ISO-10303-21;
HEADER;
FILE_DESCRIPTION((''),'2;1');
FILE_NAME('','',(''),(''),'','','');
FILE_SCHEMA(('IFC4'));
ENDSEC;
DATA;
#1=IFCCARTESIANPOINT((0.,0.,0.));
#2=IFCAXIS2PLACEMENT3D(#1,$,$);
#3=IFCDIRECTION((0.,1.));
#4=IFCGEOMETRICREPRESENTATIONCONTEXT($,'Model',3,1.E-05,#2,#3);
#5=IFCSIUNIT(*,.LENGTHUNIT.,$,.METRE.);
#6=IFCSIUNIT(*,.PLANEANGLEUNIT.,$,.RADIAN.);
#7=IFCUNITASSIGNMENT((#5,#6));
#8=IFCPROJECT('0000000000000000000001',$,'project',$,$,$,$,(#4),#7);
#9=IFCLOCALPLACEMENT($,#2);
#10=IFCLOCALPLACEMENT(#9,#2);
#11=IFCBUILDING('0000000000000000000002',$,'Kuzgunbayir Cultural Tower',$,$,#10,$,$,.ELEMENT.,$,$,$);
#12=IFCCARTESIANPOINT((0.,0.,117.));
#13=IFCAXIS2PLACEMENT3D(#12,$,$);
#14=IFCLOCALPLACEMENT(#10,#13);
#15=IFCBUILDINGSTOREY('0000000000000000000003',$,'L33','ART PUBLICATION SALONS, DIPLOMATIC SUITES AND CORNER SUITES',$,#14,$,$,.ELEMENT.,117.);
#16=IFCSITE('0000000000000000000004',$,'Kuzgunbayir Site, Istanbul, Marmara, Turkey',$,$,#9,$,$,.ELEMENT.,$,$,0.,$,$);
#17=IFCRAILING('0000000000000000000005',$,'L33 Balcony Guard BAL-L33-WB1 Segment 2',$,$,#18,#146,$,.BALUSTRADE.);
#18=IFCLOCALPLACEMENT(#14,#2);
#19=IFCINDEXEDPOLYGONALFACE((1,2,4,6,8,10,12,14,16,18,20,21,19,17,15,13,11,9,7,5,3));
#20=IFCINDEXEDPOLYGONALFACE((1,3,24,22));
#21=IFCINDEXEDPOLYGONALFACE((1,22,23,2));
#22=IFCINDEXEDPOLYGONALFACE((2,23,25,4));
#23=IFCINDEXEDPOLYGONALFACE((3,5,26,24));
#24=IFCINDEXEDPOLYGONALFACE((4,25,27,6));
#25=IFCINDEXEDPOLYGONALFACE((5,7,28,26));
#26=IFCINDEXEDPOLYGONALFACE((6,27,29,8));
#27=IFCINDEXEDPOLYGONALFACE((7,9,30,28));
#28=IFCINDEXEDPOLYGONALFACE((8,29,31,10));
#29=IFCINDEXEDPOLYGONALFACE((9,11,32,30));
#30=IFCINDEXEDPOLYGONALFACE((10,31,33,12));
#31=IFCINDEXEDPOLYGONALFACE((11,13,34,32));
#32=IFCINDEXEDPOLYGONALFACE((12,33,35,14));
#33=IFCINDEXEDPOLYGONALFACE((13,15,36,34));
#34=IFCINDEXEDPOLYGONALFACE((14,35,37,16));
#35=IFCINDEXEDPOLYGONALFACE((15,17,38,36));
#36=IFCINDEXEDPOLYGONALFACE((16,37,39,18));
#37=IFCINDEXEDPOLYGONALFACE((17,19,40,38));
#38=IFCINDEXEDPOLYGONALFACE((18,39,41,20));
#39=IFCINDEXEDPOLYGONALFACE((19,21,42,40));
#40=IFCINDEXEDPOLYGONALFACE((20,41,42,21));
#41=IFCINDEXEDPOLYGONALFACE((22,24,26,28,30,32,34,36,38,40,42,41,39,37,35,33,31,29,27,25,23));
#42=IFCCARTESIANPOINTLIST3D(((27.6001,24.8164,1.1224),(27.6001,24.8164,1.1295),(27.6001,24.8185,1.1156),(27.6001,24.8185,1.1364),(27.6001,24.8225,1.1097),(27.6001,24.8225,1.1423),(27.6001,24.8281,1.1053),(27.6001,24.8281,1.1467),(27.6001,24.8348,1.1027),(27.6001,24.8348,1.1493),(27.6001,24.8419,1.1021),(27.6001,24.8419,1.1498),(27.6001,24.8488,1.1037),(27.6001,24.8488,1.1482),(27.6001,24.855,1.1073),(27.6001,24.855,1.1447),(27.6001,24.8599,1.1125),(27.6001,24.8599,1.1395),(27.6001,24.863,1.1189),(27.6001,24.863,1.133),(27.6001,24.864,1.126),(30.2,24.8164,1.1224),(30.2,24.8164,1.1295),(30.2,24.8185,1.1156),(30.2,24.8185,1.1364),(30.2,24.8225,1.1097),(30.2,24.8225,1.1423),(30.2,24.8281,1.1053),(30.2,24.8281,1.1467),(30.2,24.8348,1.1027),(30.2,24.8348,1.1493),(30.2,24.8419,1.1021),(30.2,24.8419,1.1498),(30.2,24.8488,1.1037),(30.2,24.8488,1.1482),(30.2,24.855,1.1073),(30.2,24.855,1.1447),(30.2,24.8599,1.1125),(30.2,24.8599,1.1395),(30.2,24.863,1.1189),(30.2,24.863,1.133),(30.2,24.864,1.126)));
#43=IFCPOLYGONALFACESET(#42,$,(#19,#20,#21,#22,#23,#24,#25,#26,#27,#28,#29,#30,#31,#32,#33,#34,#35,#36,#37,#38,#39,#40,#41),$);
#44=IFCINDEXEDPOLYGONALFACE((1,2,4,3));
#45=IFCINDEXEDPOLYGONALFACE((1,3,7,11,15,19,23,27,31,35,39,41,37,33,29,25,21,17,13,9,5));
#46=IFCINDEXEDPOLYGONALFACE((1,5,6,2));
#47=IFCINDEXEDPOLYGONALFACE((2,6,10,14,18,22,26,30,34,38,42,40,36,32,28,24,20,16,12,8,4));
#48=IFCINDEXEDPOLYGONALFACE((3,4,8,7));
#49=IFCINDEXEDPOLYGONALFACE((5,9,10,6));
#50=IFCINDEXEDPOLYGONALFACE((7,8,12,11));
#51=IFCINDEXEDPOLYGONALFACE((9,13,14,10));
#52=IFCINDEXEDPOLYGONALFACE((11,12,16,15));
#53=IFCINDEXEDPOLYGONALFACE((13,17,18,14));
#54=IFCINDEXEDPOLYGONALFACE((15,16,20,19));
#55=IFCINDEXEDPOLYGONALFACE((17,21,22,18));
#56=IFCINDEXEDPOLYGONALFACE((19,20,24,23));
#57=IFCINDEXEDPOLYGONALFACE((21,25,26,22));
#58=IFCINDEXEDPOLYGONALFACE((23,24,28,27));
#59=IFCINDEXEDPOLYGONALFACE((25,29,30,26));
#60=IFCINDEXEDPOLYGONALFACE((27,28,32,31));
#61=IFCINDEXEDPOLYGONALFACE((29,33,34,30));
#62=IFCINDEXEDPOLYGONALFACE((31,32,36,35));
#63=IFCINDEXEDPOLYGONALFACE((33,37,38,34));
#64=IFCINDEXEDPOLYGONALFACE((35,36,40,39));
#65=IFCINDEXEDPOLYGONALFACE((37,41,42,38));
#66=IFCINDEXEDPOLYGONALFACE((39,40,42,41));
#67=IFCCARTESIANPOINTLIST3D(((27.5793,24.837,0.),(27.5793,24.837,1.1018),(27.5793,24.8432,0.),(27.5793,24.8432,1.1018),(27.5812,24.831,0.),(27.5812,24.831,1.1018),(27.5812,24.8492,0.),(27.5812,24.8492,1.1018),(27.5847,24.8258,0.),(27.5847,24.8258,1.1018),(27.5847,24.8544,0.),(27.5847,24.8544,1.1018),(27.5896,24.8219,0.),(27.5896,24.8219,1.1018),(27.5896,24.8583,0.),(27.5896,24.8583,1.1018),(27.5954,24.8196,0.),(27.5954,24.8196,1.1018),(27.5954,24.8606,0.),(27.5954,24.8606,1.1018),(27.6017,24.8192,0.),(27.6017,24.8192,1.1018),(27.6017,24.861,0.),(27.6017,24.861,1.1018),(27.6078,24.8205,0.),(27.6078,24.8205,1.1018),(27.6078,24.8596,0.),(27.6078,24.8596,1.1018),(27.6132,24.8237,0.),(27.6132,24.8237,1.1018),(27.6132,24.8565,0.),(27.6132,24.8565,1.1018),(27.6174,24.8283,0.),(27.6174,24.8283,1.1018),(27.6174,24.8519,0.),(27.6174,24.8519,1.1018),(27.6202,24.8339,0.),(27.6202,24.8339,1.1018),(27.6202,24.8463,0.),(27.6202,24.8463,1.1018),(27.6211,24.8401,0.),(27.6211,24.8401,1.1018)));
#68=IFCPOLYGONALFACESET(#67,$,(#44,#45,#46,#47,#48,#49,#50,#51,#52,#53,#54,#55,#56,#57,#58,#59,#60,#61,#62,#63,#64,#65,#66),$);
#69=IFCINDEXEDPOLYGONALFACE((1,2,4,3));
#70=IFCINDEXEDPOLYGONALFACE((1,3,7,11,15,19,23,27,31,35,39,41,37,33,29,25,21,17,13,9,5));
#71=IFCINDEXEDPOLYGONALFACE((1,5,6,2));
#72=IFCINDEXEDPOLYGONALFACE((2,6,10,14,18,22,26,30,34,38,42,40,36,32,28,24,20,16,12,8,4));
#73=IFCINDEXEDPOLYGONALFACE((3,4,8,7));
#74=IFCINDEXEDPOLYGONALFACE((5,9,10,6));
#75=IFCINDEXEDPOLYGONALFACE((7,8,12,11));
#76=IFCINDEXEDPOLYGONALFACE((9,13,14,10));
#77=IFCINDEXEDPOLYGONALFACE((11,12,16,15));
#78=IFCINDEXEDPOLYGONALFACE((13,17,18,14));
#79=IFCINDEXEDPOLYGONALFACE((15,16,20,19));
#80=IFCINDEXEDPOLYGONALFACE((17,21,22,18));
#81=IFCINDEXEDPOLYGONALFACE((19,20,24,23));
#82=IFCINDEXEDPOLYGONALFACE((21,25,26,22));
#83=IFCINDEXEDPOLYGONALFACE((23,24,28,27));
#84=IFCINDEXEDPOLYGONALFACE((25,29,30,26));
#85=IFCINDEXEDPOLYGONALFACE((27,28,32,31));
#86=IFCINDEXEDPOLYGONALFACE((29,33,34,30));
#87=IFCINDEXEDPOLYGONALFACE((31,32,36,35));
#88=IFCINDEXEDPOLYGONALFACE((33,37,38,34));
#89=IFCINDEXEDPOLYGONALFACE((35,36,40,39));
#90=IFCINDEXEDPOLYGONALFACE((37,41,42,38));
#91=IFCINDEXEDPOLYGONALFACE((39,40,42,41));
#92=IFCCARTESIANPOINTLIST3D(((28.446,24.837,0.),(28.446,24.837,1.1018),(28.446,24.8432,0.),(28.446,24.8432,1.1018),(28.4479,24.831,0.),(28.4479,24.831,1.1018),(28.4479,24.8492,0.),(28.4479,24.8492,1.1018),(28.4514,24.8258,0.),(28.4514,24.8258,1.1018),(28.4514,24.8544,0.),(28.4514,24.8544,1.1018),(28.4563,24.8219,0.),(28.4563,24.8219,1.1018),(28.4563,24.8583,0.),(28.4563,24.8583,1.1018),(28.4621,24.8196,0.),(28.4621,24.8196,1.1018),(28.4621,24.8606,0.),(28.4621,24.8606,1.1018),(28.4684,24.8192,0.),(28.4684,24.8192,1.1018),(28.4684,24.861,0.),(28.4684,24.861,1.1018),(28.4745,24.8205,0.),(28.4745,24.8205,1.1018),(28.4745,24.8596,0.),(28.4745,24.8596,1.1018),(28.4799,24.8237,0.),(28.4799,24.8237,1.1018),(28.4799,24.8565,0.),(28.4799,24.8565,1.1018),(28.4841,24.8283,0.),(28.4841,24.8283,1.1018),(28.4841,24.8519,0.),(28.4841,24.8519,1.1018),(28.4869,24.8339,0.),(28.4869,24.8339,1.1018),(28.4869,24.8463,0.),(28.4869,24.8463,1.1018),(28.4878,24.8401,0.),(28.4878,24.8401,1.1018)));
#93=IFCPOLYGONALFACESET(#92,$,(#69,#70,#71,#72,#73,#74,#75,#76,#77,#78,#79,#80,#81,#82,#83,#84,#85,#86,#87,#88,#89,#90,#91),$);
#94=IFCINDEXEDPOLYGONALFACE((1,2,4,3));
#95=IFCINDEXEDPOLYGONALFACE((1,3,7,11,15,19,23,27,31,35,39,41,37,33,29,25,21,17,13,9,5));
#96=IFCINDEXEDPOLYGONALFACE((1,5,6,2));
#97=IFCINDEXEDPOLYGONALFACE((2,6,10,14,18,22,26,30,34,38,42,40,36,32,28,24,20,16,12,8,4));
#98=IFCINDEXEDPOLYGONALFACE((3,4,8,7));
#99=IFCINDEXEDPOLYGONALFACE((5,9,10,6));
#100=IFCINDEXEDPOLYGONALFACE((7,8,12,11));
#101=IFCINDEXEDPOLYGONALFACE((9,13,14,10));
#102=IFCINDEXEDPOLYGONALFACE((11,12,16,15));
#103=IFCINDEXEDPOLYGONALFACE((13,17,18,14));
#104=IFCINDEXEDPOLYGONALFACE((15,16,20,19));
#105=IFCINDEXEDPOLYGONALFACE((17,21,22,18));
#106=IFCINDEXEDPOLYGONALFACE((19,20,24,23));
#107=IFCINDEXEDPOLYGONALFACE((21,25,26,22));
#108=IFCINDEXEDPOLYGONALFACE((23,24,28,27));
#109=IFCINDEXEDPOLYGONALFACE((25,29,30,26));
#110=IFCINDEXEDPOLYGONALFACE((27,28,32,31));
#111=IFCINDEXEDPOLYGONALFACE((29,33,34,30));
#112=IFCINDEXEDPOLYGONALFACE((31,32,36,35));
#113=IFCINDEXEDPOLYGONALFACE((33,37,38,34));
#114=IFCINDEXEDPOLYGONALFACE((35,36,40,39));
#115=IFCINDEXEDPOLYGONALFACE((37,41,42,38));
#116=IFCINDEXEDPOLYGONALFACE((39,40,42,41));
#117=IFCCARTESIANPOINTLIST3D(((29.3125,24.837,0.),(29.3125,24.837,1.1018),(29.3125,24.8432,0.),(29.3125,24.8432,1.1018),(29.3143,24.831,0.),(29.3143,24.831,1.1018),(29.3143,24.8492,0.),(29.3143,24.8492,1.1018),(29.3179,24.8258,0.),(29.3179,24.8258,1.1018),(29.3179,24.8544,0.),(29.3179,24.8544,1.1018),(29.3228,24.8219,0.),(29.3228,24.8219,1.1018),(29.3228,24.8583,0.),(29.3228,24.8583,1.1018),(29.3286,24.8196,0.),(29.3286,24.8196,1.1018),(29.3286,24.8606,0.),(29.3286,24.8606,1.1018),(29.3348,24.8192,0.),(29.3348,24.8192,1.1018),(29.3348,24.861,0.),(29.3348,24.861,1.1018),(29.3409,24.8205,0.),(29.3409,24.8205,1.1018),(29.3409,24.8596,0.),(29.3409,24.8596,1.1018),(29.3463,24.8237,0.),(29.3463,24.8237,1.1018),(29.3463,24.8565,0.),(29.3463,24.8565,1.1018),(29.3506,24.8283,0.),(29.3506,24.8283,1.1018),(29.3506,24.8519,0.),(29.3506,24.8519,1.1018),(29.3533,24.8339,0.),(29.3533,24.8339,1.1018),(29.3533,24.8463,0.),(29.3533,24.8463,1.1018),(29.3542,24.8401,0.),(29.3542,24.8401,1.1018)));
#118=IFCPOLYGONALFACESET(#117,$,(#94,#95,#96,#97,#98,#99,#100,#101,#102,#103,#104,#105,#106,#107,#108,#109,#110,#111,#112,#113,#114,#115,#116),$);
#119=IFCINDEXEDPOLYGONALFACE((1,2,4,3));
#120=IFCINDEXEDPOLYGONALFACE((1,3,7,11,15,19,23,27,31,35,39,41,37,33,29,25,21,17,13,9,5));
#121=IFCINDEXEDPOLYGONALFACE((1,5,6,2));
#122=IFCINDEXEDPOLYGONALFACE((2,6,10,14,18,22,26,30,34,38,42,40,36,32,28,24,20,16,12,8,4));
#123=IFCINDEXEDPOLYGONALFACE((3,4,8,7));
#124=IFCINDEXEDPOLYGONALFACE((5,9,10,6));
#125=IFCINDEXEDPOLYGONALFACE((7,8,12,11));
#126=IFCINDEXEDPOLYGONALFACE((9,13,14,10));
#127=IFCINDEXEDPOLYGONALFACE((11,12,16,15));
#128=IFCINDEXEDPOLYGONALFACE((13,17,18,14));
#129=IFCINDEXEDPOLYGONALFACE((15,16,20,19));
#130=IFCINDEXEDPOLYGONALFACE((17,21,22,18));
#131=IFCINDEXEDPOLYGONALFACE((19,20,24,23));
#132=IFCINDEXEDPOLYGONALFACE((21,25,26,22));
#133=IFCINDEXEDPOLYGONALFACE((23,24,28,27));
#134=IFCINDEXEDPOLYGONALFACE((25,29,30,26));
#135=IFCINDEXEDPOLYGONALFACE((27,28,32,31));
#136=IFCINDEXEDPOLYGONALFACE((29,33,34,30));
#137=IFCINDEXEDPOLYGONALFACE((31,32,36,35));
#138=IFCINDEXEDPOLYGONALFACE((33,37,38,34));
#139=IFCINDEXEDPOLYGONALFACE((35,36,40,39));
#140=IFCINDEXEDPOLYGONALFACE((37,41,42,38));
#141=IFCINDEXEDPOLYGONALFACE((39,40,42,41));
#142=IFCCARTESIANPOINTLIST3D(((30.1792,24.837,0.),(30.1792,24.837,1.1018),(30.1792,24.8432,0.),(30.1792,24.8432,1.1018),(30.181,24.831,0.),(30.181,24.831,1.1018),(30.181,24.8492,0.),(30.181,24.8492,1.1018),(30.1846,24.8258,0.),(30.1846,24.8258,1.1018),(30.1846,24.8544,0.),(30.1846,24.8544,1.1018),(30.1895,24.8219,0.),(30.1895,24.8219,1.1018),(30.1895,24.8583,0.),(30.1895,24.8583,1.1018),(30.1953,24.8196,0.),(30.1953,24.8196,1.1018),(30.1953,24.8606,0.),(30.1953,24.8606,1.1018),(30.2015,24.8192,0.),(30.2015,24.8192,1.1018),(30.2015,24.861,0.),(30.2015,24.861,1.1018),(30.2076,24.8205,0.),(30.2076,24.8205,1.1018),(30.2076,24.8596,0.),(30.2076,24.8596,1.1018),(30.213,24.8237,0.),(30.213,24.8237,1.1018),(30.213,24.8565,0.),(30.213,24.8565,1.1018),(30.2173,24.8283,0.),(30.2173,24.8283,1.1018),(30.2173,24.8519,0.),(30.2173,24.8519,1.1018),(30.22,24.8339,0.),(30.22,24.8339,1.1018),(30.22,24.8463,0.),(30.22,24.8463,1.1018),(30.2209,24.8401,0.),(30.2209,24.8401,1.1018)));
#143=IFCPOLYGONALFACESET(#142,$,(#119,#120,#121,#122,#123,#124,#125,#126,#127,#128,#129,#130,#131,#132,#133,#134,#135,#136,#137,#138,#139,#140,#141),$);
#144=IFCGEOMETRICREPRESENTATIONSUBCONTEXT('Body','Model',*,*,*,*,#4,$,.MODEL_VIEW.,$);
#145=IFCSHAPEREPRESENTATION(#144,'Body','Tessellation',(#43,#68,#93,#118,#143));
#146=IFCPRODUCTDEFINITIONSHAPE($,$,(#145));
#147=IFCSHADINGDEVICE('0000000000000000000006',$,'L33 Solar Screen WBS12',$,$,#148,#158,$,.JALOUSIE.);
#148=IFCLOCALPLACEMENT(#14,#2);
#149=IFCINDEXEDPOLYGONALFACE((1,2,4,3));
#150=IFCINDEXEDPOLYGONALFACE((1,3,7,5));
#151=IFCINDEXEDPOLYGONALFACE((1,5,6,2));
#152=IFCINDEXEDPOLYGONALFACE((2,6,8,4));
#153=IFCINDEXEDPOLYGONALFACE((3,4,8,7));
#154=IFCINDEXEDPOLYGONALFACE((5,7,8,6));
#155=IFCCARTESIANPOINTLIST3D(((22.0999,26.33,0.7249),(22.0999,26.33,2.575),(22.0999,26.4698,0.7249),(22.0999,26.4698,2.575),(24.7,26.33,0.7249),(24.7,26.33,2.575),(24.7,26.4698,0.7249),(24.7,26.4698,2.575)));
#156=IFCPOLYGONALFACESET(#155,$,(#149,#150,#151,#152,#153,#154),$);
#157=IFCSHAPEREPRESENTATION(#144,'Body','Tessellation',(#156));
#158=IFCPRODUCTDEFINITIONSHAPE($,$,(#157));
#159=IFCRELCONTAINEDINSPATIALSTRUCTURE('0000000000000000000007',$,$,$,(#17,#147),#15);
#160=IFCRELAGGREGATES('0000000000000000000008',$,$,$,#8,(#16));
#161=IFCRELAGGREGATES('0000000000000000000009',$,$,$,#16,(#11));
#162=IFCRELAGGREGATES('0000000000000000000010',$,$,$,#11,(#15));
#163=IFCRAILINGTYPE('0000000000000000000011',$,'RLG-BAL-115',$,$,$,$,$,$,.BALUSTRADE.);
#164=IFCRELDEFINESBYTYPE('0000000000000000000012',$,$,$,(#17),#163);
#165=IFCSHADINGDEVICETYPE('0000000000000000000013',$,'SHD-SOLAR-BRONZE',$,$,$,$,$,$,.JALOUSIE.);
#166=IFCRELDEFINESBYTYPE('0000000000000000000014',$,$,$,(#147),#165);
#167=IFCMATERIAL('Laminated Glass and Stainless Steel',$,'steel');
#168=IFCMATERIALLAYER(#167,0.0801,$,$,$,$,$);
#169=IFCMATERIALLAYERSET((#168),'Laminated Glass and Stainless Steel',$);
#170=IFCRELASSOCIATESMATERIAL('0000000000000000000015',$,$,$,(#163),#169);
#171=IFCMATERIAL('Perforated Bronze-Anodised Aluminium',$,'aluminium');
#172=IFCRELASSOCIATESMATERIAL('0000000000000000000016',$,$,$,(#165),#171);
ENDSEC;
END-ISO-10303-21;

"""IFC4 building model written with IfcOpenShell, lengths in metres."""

from ifc_helpers import new_model, si_unit, direction, frame, origin, origin_2d, place, context, subcontext, project, spatial, rectangle, circle, extrude, material, layer, layer_set, type_object, element, save


model = new_model("IFC4")

# Units and contexts
model_context = context("Model", 3, precision=1e-05, world=origin(), true_north=direction((0.0, 1.0)))
body_context = subcontext(model_context, "Body", "Model", "MODEL_VIEW")
ifc_project = project(units=[si_unit("LENGTHUNIT", "METRE"), si_unit("PLANEANGLEUNIT", "RADIAN")], contexts=[model_context])

# Site, building, storey
site_placement = place(None, origin())
site = spatial("IfcSite", under=ifc_project, at=site_placement, Name="Kuzgunbayir Site, Istanbul, Marmara, Turkey", CompositionType="ELEMENT", RefElevation=0.0)
building_placement = place(site_placement, origin())
building = spatial("IfcBuilding", under=site, at=building_placement, Name="Kuzgunbayir Cultural Tower", CompositionType="ELEMENT")
storey_placement = place(building_placement, frame((0.0, 0.0, 117.0)))
storey = spatial("IfcBuildingStorey", under=building, at=storey_placement, Name="L33", Description="ART PUBLICATION SALONS, DIPLOMATIC SUITES AND CORNER SUITES", CompositionType="ELEMENT", Elevation=117.0)

# Railing
ifc_material_1 = material(Name="Laminated Glass and Stainless Steel", Category="steel")
ifc_layer_1 = layer(ifc_material_1, 0.0801)
ifc_layer_set_1 = layer_set([ifc_layer_1], Name="Laminated Glass and Stainless Steel")
railing_type = type_object("IfcRailingType", Name="RLG-BAL-115", PredefinedType="BALUSTRADE", material=ifc_layer_set_1)
railing_1_placement = place(storey_placement, frame((27.6001, 24.8401, 0.0)))
element("IfcRailing", 1, at=railing_1_placement, inside=storey, type_object=railing_type, Name="L33 Balcony Guard BAL-L33-WB1 Segment 2", PredefinedType="BALUSTRADE", context=body_context, shape_type="SweptSolid", body=[
    extrude(circle(Radius=0.0239, at=origin_2d()), frame((0.0, 0.0, 1.126), z_axis=(1.0, 0.0, 0.0), x_axis=(0.0, 1.0, 0.0)), (0.0, 0.0, 1.0), 2.5999),
    extrude(circle(Radius=0.021, at=origin_2d()), origin(), (0.0, 0.0, 1.0), 1.1018),
    extrude(circle(Radius=0.021, at=origin_2d()), frame((0.8667, 0.0, 0.0)), (0.0, 0.0, 1.0), 1.1018),
    extrude(circle(Radius=0.021, at=origin_2d()), frame((1.7332, 0.0, 0.0)), (0.0, 0.0, 1.0), 1.1018),
    extrude(circle(Radius=0.021, at=origin_2d()), frame((2.5999, 0.0, 0.0)), (0.0, 0.0, 1.0), 1.1018),
])

# Shading device
ifc_material_2 = material(Name="Perforated Bronze-Anodised Aluminium", Category="aluminium")
shading_device_type = type_object("IfcShadingDeviceType", Name="SHD-SOLAR-BRONZE", PredefinedType="JALOUSIE", material=ifc_material_2)
shading_device_placement = place(storey_placement, frame((23.3999, 26.3999, 0.7249), z_axis=(0.0, 0.0, 1.0), x_axis=(1.0, 0.0, 0.0)))
element("IfcShadingDevice", 2, at=shading_device_placement, inside=storey, type_object=shading_device_type, Name="L33 Solar Screen WBS12", PredefinedType="JALOUSIE", context=body_context, shape_type="SweptSolid", body=[
    extrude(rectangle(XDim=2.6001, YDim=0.1399, at=origin_2d()), origin(), (0.0, 0.0, 1.0), 1.8501),
])

save(model, "model.ifc")
